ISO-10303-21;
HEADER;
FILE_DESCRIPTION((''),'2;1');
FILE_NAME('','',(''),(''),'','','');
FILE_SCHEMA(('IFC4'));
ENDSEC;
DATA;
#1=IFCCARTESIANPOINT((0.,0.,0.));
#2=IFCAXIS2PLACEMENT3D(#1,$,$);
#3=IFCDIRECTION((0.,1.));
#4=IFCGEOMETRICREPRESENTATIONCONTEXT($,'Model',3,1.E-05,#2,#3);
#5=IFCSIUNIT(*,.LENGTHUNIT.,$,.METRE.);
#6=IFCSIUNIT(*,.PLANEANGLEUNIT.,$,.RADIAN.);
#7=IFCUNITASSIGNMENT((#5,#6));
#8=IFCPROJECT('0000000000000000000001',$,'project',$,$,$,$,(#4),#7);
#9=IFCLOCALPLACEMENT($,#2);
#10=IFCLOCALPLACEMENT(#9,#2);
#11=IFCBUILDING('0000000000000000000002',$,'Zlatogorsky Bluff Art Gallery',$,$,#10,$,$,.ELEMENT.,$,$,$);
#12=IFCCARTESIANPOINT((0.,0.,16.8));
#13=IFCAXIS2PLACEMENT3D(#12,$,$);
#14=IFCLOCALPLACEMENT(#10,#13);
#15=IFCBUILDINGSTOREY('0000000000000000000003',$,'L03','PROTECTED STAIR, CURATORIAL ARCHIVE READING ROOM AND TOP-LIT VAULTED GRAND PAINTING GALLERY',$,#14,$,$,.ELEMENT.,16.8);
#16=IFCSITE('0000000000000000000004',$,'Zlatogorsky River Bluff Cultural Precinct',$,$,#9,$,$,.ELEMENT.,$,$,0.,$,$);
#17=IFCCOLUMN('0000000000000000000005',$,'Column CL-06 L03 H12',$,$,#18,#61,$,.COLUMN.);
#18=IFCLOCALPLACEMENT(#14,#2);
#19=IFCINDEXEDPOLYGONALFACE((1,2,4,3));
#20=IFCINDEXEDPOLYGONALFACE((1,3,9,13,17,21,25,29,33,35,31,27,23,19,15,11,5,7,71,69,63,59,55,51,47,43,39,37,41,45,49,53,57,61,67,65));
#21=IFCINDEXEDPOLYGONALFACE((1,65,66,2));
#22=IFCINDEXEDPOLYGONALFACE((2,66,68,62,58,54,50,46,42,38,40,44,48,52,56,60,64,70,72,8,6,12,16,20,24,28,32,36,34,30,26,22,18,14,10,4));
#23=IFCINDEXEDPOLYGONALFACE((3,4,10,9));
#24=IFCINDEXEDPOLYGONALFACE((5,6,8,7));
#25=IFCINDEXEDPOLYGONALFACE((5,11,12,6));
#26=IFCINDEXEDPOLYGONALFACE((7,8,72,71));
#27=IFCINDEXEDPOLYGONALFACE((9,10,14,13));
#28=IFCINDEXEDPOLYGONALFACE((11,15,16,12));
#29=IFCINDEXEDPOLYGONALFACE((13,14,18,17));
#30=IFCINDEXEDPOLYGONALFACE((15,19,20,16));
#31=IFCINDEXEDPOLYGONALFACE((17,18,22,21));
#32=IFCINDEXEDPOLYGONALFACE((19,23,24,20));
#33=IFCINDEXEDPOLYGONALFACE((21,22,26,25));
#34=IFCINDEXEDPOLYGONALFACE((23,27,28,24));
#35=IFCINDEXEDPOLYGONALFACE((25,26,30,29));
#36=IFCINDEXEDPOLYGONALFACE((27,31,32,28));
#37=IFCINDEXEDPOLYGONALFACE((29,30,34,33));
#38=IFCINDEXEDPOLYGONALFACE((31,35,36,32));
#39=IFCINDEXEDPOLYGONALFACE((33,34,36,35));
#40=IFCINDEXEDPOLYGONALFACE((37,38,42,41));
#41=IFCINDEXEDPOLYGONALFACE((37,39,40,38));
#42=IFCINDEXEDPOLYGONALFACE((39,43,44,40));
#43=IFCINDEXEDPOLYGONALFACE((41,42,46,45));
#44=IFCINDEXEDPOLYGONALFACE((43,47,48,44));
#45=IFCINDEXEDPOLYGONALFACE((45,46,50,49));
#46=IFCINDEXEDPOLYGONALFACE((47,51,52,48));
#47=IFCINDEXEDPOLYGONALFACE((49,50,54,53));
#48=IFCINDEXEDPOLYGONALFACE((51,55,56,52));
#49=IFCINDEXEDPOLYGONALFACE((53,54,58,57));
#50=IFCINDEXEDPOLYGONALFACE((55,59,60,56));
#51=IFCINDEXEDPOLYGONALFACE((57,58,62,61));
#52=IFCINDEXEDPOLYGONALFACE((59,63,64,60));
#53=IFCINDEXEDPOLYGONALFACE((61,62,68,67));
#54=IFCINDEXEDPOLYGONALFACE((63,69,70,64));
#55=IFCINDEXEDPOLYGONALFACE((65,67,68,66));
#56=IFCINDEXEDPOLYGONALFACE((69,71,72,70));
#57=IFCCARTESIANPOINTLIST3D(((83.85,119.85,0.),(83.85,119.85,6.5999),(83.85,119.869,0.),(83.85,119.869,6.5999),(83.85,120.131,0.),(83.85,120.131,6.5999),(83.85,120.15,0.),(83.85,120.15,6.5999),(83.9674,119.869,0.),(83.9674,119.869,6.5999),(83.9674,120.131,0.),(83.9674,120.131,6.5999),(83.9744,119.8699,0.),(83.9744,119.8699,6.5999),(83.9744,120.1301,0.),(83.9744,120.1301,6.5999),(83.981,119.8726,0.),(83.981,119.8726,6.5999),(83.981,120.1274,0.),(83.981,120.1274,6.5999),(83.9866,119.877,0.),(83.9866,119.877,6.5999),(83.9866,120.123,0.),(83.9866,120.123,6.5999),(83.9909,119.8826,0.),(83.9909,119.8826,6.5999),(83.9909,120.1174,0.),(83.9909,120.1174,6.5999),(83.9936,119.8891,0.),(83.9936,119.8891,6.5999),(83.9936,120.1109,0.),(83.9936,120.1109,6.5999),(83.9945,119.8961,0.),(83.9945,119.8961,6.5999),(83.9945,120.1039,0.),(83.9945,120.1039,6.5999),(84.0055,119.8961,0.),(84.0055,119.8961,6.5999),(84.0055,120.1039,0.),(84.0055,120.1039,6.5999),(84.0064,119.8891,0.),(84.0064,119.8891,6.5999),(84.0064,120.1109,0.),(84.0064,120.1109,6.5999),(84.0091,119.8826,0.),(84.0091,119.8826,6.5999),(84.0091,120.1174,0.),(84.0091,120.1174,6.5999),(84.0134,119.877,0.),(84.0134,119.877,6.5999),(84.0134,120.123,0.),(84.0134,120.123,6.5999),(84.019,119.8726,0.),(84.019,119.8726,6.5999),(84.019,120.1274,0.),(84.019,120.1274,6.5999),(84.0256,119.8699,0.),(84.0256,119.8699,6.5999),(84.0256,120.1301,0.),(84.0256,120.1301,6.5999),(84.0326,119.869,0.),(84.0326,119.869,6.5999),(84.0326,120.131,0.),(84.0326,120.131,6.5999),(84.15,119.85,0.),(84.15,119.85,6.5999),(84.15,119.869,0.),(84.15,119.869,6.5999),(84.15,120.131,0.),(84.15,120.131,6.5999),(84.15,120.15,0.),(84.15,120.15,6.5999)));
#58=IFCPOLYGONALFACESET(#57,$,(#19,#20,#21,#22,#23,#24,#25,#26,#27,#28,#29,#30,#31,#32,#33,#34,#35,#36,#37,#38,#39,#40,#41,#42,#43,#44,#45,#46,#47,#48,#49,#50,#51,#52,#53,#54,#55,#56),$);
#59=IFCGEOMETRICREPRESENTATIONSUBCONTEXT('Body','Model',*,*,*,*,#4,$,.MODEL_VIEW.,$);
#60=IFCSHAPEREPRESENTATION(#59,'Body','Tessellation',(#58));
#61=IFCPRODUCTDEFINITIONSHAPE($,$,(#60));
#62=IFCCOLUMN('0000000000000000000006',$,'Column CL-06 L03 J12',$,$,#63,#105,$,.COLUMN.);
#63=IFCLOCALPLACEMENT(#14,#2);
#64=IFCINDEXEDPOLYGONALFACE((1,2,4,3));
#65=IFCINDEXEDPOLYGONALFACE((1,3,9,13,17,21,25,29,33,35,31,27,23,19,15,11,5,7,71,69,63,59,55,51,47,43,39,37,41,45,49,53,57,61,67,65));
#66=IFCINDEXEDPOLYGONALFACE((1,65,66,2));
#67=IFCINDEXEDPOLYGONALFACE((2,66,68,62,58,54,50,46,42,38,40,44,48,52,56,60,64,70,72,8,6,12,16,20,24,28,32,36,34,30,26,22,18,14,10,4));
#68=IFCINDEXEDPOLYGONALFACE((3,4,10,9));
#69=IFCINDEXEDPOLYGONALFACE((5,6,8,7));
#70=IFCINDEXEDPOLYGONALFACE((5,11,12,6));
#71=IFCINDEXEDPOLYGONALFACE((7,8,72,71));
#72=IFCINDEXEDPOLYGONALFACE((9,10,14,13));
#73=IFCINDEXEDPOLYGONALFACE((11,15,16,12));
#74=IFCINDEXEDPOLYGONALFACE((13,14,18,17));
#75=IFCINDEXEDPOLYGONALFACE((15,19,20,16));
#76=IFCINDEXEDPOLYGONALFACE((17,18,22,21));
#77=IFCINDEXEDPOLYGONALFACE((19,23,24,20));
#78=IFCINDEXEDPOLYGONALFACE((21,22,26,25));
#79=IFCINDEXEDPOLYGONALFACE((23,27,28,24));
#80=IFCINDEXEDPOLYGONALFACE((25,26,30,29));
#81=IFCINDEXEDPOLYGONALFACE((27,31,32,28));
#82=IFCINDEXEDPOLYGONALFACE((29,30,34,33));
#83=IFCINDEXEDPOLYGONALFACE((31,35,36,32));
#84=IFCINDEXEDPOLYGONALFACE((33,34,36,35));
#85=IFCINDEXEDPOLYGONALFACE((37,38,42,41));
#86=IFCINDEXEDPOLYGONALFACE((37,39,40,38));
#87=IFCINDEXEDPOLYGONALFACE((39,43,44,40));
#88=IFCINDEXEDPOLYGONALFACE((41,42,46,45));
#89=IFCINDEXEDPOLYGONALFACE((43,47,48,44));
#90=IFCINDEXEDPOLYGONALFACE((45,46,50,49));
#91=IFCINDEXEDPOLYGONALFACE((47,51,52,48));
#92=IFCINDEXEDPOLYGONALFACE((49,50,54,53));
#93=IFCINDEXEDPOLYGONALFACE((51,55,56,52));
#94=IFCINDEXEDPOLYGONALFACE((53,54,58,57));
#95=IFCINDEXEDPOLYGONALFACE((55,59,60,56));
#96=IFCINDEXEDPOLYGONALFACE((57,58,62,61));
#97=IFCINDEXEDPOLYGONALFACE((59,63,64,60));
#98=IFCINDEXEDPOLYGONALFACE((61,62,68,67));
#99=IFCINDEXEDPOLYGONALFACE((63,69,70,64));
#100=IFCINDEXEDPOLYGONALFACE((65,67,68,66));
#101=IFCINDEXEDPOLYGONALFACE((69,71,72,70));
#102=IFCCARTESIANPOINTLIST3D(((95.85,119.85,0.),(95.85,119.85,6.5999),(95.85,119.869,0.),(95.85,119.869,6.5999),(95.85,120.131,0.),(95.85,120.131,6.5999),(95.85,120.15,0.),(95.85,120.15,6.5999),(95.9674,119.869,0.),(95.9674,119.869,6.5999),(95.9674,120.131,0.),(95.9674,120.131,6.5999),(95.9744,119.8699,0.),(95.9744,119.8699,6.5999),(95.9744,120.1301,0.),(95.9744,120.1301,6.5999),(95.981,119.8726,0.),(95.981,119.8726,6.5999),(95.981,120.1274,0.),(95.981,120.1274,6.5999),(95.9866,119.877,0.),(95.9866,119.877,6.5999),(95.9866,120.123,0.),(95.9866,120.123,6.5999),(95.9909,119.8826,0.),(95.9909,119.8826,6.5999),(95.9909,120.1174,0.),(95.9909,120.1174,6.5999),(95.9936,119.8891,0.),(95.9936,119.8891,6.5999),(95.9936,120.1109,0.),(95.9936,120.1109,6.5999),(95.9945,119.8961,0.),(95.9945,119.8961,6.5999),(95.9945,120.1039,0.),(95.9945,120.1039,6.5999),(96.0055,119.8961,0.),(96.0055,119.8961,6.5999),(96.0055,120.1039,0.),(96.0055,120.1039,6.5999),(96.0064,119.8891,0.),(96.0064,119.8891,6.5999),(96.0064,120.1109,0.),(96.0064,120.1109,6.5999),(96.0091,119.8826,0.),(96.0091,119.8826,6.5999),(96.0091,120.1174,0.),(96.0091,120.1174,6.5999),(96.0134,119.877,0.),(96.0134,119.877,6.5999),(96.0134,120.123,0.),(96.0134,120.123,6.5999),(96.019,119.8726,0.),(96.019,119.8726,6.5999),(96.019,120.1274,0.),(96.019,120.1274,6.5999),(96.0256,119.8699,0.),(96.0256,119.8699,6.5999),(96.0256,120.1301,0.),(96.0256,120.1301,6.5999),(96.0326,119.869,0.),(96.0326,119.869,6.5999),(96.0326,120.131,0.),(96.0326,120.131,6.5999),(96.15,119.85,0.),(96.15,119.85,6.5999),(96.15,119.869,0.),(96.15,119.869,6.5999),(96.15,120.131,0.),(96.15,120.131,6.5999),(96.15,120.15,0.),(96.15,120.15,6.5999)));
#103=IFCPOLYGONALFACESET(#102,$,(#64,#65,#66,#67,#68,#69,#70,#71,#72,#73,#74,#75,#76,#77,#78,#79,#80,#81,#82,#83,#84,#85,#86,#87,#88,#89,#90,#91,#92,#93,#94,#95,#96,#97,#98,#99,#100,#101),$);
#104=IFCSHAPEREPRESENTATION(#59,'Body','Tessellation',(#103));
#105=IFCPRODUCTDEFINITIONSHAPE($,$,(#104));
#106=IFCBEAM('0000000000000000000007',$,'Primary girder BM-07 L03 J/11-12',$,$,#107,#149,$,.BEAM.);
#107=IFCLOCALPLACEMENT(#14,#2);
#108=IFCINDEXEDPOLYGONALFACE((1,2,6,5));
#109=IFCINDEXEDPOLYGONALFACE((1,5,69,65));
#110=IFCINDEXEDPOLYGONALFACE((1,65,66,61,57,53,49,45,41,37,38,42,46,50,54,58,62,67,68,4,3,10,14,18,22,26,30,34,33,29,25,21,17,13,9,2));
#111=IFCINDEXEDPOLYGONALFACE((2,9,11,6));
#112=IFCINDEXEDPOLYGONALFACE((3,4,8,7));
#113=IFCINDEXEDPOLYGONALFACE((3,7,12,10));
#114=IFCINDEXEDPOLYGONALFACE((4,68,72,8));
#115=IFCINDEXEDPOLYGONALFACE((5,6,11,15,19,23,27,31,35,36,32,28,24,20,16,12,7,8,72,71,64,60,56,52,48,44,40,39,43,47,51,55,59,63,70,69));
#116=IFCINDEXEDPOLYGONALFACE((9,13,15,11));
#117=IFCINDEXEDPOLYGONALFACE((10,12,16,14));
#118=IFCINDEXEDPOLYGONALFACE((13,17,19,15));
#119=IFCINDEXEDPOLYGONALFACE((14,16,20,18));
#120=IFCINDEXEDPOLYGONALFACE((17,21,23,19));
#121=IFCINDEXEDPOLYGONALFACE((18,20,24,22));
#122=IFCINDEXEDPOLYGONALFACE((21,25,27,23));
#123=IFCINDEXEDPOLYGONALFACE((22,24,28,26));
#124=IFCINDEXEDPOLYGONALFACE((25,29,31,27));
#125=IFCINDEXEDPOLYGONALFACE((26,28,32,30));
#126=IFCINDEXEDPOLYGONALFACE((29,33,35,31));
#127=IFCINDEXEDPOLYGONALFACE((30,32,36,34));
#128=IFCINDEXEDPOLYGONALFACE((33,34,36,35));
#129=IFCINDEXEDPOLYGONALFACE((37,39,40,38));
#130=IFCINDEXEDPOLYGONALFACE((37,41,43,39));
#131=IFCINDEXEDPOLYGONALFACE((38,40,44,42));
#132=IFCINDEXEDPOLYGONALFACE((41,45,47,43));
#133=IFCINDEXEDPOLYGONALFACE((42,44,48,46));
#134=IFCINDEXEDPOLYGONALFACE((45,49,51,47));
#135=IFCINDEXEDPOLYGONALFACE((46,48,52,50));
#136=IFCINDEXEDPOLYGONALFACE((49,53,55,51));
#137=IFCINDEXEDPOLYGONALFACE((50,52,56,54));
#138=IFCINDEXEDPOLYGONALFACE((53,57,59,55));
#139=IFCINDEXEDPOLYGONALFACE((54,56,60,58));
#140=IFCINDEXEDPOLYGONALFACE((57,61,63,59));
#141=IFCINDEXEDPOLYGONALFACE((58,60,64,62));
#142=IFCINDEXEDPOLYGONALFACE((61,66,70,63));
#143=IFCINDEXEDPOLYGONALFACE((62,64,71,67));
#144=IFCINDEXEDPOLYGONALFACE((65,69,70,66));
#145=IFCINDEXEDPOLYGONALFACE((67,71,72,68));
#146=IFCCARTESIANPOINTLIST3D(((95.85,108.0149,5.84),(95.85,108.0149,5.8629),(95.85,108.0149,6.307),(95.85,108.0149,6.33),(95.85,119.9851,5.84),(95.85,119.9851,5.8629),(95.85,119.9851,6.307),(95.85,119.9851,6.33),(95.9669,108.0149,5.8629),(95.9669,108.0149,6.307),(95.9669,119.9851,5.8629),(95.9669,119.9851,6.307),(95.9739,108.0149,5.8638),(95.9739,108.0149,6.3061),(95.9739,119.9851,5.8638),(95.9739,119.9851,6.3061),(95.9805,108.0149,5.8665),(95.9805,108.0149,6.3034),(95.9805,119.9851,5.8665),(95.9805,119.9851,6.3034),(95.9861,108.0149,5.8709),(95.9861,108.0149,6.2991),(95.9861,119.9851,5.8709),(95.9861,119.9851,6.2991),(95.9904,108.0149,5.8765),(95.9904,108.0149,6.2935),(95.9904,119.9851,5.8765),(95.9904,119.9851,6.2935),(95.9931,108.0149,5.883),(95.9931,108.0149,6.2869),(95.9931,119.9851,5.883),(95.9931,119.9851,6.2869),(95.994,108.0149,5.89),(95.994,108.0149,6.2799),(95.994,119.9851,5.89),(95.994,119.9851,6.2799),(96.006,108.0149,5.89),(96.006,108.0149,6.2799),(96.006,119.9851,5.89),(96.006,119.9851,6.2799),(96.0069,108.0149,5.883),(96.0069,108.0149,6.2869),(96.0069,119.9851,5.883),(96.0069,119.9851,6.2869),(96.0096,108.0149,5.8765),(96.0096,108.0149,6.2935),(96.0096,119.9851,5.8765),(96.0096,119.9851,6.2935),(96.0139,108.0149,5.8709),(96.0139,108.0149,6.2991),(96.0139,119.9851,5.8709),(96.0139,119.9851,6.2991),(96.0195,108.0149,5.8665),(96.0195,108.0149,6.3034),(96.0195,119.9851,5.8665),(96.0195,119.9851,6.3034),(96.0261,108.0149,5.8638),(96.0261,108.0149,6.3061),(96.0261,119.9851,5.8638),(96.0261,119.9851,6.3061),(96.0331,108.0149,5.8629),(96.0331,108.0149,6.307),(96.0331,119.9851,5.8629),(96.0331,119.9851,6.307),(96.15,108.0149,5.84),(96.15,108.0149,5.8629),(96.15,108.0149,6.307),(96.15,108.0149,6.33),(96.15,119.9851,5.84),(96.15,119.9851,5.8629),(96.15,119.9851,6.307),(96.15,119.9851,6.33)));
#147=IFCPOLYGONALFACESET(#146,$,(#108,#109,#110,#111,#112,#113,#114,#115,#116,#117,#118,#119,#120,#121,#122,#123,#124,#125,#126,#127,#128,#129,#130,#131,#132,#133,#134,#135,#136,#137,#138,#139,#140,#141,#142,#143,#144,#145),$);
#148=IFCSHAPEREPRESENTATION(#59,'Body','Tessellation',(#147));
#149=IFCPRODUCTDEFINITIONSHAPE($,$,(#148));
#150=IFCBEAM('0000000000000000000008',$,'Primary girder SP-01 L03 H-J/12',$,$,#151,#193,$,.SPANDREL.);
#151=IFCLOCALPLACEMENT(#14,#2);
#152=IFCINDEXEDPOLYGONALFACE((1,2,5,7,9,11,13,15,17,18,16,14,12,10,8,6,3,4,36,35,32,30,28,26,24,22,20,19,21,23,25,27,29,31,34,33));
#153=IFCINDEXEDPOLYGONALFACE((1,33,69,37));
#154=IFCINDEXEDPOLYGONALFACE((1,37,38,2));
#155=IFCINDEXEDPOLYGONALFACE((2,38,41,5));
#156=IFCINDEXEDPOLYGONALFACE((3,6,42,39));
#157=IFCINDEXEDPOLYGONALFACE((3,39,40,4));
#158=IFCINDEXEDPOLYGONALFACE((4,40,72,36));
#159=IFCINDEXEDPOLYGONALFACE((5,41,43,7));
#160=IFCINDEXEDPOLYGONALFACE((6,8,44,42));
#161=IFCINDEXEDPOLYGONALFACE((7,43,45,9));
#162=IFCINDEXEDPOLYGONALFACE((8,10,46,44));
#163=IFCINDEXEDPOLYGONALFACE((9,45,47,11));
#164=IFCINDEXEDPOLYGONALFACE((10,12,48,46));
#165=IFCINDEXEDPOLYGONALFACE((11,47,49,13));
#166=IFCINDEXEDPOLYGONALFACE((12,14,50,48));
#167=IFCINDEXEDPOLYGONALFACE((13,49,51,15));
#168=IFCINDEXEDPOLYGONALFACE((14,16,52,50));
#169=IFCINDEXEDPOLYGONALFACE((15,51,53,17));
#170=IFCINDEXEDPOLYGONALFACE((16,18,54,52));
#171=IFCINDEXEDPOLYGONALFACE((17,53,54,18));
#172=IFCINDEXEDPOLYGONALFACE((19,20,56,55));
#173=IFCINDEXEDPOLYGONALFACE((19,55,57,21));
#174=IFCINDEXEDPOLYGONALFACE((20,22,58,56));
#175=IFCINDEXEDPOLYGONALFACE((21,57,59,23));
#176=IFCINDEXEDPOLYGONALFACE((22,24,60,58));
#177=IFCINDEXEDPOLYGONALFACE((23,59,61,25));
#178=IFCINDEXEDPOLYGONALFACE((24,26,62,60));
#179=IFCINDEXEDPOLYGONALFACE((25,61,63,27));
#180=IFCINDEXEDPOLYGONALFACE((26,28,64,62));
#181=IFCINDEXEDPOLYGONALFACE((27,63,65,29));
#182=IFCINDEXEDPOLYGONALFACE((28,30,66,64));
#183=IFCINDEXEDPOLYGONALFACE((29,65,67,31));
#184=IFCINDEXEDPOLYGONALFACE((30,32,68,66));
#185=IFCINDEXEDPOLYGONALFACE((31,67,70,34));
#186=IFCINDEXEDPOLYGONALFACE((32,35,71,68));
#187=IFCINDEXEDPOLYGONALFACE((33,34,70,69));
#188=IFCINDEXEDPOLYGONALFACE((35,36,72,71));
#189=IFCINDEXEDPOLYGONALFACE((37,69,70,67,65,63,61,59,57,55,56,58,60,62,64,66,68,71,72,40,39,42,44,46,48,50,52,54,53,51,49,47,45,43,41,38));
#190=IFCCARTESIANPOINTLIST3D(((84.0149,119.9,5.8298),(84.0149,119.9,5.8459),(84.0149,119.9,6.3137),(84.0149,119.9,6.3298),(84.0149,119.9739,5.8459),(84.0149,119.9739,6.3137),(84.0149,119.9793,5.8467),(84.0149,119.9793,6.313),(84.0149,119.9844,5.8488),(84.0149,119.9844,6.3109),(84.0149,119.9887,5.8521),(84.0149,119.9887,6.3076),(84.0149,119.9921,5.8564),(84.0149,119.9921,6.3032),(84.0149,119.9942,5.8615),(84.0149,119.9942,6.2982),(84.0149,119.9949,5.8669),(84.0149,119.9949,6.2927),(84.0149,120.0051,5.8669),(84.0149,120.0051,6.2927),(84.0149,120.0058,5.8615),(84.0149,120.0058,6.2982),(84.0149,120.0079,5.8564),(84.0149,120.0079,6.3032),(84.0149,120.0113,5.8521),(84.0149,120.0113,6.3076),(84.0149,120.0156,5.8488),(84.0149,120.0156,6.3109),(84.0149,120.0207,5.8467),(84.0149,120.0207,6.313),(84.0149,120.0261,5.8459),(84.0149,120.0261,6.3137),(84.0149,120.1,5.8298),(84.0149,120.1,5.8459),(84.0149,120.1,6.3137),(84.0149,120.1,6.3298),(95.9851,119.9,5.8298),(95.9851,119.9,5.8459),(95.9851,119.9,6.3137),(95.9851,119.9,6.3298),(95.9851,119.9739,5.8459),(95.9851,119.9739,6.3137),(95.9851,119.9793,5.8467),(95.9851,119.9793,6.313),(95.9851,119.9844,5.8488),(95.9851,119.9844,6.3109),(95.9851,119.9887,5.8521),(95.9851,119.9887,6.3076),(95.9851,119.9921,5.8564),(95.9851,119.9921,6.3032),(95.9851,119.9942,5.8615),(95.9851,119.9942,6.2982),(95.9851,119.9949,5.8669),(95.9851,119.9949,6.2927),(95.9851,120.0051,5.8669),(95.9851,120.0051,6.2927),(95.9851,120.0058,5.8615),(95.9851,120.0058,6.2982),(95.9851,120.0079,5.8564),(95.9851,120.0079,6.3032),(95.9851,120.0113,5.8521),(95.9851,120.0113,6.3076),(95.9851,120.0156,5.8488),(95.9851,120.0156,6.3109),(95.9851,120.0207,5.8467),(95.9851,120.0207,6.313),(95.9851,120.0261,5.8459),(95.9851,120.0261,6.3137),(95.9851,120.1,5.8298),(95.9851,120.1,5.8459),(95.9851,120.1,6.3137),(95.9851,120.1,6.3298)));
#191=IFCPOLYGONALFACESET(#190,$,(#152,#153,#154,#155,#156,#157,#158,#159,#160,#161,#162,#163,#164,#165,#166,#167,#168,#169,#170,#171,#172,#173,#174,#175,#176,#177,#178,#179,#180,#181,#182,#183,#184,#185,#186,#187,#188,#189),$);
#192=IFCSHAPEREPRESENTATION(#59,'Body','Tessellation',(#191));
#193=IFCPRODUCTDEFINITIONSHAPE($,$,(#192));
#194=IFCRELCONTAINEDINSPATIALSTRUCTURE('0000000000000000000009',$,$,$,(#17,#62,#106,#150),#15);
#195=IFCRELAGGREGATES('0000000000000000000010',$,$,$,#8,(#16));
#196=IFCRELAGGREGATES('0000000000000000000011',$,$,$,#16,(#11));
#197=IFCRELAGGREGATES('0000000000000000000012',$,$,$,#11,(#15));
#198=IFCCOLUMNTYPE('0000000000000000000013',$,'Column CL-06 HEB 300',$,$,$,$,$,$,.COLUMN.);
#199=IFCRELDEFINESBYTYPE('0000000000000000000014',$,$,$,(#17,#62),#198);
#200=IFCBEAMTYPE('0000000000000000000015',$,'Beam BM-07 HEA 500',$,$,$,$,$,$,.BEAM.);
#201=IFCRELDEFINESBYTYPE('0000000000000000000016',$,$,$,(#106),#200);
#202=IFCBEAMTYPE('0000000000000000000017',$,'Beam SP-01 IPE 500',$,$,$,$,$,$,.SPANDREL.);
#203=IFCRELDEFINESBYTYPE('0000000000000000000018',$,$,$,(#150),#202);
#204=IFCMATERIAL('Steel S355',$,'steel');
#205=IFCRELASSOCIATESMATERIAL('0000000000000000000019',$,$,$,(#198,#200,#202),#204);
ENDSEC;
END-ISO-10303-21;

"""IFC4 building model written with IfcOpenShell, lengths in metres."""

from ifc_helpers import new_model, si_unit, direction, frame, origin, origin_2d, place, context, subcontext, project, spatial, i_section, extrude, material, material_profile, profile_set, type_object, element, save


model = new_model("IFC4")

# Units and contexts
model_context = context("Model", 3, precision=1e-05, world=origin(), true_north=direction((0.0, 1.0)))
body_context = subcontext(model_context, "Body", "Model", "MODEL_VIEW")
ifc_project = project(units=[si_unit("LENGTHUNIT", "METRE"), si_unit("PLANEANGLEUNIT", "RADIAN")], contexts=[model_context])

# Site, building, storey
site_placement = place(None, origin())
site = spatial("IfcSite", under=ifc_project, at=site_placement, Name="Zlatogorsky River Bluff Cultural Precinct", CompositionType="ELEMENT", RefElevation=0.0)
building_placement = place(site_placement, origin())
building = spatial("IfcBuilding", under=site, at=building_placement, Name="Zlatogorsky Bluff Art Gallery", CompositionType="ELEMENT")
storey_placement = place(building_placement, frame((0.0, 0.0, 16.8)))
storey = spatial("IfcBuildingStorey", under=building, at=storey_placement, Name="L03", Description="PROTECTED STAIR, CURATORIAL ARCHIVE READING ROOM AND TOP-LIT VAULTED GRAND PAINTING GALLERY", CompositionType="ELEMENT", Elevation=16.8)

# Columns
ifc_material_1 = material(Name="Steel S355", Category="steel")
ifc_material_profile_1 = material_profile(ifc_material_1, i_section(OverallWidth=0.3, OverallDepth=0.3, WebThickness=0.011, FlangeThickness=0.019, FilletRadius=0.0271, at=origin_2d()), Name="HEB 300")
ifc_profile_set_1 = profile_set([ifc_material_profile_1], Name="Steel S355")
column_type = type_object("IfcColumnType", Name="Column CL-06 HEB 300", PredefinedType="COLUMN", material=ifc_profile_set_1)
for number, where, z_axis, x_axis, name in (
    (1, (84.0, 120.0, 0.0), (0.0, 0.0, 1.0), (1.0, 0.0, 0.0), "Column CL-06 L03 H12"),
    (2, (96.0, 120.0, 0.0), (0.0, 0.0, 1.0), (1.0, 0.0, 0.0), "Column CL-06 L03 J12"),
):
    element("IfcColumn", number, at=place(storey_placement, frame(where, z_axis=z_axis, x_axis=x_axis)), inside=storey, type_object=column_type, Name=name, PredefinedType="COLUMN", context=body_context, shape_type="SweptSolid", body=[
        extrude(i_section(OverallWidth=0.3, OverallDepth=0.3, WebThickness=0.011, FlangeThickness=0.019, FilletRadius=0.0271, at=origin_2d()), origin(), (0.0, 0.0, 1.0), 6.5999),
    ])

# Beams
ifc_material_profile_2 = material_profile(ifc_material_1, i_section(OverallWidth=0.3, OverallDepth=0.49, WebThickness=0.012, FlangeThickness=0.0229, FilletRadius=0.0271, at=origin_2d()), Name="HEA 500")
ifc_profile_set_2 = profile_set([ifc_material_profile_2], Name="Steel S355")
beam_type_1 = type_object("IfcBeamType", Name="Beam BM-07 HEA 500", PredefinedType="BEAM", material=ifc_profile_set_2)
beam_1_placement = place(storey_placement, frame((96.0, 108.0149, 6.085), z_axis=(0.0, 1.0, 0.0), x_axis=(-1.0, 0.0, 0.0)))
element("IfcBeam", 3, at=beam_1_placement, inside=storey, type_object=beam_type_1, Name="Primary girder BM-07 L03 J/11-12", PredefinedType="BEAM", context=body_context, shape_type="SweptSolid", body=[
    extrude(i_section(OverallWidth=0.3, OverallDepth=0.49, WebThickness=0.012, FlangeThickness=0.0229, FilletRadius=0.0271, at=origin_2d()), origin(), (0.0, 0.0, 1.0), 11.9702),
])
ifc_material_profile_3 = material_profile(ifc_material_1, i_section(OverallWidth=0.2, OverallDepth=0.5, WebThickness=0.0103, FlangeThickness=0.0161, FilletRadius=0.021, at=origin_2d()), Name="IPE 500")
ifc_profile_set_3 = profile_set([ifc_material_profile_3], Name="Steel S355")
beam_type_2 = type_object("IfcBeamType", Name="Beam SP-01 IPE 500", PredefinedType="SPANDREL", material=ifc_profile_set_3)
beam_2_placement = place(storey_placement, frame((84.0149, 120.0, 6.0798), z_axis=(1.0, 0.0, 0.0), x_axis=(0.0, 1.0, 0.0)))
element("IfcBeam", 4, at=beam_2_placement, inside=storey, type_object=beam_type_2, Name="Primary girder SP-01 L03 H-J/12", PredefinedType="SPANDREL", context=body_context, shape_type="SweptSolid", body=[
    extrude(i_section(OverallWidth=0.2, OverallDepth=0.5, WebThickness=0.0103, FlangeThickness=0.0161, FilletRadius=0.021, at=origin_2d()), origin(), (0.0, 0.0, 1.0), 11.9702),
])

save(model, "model.ifc")
